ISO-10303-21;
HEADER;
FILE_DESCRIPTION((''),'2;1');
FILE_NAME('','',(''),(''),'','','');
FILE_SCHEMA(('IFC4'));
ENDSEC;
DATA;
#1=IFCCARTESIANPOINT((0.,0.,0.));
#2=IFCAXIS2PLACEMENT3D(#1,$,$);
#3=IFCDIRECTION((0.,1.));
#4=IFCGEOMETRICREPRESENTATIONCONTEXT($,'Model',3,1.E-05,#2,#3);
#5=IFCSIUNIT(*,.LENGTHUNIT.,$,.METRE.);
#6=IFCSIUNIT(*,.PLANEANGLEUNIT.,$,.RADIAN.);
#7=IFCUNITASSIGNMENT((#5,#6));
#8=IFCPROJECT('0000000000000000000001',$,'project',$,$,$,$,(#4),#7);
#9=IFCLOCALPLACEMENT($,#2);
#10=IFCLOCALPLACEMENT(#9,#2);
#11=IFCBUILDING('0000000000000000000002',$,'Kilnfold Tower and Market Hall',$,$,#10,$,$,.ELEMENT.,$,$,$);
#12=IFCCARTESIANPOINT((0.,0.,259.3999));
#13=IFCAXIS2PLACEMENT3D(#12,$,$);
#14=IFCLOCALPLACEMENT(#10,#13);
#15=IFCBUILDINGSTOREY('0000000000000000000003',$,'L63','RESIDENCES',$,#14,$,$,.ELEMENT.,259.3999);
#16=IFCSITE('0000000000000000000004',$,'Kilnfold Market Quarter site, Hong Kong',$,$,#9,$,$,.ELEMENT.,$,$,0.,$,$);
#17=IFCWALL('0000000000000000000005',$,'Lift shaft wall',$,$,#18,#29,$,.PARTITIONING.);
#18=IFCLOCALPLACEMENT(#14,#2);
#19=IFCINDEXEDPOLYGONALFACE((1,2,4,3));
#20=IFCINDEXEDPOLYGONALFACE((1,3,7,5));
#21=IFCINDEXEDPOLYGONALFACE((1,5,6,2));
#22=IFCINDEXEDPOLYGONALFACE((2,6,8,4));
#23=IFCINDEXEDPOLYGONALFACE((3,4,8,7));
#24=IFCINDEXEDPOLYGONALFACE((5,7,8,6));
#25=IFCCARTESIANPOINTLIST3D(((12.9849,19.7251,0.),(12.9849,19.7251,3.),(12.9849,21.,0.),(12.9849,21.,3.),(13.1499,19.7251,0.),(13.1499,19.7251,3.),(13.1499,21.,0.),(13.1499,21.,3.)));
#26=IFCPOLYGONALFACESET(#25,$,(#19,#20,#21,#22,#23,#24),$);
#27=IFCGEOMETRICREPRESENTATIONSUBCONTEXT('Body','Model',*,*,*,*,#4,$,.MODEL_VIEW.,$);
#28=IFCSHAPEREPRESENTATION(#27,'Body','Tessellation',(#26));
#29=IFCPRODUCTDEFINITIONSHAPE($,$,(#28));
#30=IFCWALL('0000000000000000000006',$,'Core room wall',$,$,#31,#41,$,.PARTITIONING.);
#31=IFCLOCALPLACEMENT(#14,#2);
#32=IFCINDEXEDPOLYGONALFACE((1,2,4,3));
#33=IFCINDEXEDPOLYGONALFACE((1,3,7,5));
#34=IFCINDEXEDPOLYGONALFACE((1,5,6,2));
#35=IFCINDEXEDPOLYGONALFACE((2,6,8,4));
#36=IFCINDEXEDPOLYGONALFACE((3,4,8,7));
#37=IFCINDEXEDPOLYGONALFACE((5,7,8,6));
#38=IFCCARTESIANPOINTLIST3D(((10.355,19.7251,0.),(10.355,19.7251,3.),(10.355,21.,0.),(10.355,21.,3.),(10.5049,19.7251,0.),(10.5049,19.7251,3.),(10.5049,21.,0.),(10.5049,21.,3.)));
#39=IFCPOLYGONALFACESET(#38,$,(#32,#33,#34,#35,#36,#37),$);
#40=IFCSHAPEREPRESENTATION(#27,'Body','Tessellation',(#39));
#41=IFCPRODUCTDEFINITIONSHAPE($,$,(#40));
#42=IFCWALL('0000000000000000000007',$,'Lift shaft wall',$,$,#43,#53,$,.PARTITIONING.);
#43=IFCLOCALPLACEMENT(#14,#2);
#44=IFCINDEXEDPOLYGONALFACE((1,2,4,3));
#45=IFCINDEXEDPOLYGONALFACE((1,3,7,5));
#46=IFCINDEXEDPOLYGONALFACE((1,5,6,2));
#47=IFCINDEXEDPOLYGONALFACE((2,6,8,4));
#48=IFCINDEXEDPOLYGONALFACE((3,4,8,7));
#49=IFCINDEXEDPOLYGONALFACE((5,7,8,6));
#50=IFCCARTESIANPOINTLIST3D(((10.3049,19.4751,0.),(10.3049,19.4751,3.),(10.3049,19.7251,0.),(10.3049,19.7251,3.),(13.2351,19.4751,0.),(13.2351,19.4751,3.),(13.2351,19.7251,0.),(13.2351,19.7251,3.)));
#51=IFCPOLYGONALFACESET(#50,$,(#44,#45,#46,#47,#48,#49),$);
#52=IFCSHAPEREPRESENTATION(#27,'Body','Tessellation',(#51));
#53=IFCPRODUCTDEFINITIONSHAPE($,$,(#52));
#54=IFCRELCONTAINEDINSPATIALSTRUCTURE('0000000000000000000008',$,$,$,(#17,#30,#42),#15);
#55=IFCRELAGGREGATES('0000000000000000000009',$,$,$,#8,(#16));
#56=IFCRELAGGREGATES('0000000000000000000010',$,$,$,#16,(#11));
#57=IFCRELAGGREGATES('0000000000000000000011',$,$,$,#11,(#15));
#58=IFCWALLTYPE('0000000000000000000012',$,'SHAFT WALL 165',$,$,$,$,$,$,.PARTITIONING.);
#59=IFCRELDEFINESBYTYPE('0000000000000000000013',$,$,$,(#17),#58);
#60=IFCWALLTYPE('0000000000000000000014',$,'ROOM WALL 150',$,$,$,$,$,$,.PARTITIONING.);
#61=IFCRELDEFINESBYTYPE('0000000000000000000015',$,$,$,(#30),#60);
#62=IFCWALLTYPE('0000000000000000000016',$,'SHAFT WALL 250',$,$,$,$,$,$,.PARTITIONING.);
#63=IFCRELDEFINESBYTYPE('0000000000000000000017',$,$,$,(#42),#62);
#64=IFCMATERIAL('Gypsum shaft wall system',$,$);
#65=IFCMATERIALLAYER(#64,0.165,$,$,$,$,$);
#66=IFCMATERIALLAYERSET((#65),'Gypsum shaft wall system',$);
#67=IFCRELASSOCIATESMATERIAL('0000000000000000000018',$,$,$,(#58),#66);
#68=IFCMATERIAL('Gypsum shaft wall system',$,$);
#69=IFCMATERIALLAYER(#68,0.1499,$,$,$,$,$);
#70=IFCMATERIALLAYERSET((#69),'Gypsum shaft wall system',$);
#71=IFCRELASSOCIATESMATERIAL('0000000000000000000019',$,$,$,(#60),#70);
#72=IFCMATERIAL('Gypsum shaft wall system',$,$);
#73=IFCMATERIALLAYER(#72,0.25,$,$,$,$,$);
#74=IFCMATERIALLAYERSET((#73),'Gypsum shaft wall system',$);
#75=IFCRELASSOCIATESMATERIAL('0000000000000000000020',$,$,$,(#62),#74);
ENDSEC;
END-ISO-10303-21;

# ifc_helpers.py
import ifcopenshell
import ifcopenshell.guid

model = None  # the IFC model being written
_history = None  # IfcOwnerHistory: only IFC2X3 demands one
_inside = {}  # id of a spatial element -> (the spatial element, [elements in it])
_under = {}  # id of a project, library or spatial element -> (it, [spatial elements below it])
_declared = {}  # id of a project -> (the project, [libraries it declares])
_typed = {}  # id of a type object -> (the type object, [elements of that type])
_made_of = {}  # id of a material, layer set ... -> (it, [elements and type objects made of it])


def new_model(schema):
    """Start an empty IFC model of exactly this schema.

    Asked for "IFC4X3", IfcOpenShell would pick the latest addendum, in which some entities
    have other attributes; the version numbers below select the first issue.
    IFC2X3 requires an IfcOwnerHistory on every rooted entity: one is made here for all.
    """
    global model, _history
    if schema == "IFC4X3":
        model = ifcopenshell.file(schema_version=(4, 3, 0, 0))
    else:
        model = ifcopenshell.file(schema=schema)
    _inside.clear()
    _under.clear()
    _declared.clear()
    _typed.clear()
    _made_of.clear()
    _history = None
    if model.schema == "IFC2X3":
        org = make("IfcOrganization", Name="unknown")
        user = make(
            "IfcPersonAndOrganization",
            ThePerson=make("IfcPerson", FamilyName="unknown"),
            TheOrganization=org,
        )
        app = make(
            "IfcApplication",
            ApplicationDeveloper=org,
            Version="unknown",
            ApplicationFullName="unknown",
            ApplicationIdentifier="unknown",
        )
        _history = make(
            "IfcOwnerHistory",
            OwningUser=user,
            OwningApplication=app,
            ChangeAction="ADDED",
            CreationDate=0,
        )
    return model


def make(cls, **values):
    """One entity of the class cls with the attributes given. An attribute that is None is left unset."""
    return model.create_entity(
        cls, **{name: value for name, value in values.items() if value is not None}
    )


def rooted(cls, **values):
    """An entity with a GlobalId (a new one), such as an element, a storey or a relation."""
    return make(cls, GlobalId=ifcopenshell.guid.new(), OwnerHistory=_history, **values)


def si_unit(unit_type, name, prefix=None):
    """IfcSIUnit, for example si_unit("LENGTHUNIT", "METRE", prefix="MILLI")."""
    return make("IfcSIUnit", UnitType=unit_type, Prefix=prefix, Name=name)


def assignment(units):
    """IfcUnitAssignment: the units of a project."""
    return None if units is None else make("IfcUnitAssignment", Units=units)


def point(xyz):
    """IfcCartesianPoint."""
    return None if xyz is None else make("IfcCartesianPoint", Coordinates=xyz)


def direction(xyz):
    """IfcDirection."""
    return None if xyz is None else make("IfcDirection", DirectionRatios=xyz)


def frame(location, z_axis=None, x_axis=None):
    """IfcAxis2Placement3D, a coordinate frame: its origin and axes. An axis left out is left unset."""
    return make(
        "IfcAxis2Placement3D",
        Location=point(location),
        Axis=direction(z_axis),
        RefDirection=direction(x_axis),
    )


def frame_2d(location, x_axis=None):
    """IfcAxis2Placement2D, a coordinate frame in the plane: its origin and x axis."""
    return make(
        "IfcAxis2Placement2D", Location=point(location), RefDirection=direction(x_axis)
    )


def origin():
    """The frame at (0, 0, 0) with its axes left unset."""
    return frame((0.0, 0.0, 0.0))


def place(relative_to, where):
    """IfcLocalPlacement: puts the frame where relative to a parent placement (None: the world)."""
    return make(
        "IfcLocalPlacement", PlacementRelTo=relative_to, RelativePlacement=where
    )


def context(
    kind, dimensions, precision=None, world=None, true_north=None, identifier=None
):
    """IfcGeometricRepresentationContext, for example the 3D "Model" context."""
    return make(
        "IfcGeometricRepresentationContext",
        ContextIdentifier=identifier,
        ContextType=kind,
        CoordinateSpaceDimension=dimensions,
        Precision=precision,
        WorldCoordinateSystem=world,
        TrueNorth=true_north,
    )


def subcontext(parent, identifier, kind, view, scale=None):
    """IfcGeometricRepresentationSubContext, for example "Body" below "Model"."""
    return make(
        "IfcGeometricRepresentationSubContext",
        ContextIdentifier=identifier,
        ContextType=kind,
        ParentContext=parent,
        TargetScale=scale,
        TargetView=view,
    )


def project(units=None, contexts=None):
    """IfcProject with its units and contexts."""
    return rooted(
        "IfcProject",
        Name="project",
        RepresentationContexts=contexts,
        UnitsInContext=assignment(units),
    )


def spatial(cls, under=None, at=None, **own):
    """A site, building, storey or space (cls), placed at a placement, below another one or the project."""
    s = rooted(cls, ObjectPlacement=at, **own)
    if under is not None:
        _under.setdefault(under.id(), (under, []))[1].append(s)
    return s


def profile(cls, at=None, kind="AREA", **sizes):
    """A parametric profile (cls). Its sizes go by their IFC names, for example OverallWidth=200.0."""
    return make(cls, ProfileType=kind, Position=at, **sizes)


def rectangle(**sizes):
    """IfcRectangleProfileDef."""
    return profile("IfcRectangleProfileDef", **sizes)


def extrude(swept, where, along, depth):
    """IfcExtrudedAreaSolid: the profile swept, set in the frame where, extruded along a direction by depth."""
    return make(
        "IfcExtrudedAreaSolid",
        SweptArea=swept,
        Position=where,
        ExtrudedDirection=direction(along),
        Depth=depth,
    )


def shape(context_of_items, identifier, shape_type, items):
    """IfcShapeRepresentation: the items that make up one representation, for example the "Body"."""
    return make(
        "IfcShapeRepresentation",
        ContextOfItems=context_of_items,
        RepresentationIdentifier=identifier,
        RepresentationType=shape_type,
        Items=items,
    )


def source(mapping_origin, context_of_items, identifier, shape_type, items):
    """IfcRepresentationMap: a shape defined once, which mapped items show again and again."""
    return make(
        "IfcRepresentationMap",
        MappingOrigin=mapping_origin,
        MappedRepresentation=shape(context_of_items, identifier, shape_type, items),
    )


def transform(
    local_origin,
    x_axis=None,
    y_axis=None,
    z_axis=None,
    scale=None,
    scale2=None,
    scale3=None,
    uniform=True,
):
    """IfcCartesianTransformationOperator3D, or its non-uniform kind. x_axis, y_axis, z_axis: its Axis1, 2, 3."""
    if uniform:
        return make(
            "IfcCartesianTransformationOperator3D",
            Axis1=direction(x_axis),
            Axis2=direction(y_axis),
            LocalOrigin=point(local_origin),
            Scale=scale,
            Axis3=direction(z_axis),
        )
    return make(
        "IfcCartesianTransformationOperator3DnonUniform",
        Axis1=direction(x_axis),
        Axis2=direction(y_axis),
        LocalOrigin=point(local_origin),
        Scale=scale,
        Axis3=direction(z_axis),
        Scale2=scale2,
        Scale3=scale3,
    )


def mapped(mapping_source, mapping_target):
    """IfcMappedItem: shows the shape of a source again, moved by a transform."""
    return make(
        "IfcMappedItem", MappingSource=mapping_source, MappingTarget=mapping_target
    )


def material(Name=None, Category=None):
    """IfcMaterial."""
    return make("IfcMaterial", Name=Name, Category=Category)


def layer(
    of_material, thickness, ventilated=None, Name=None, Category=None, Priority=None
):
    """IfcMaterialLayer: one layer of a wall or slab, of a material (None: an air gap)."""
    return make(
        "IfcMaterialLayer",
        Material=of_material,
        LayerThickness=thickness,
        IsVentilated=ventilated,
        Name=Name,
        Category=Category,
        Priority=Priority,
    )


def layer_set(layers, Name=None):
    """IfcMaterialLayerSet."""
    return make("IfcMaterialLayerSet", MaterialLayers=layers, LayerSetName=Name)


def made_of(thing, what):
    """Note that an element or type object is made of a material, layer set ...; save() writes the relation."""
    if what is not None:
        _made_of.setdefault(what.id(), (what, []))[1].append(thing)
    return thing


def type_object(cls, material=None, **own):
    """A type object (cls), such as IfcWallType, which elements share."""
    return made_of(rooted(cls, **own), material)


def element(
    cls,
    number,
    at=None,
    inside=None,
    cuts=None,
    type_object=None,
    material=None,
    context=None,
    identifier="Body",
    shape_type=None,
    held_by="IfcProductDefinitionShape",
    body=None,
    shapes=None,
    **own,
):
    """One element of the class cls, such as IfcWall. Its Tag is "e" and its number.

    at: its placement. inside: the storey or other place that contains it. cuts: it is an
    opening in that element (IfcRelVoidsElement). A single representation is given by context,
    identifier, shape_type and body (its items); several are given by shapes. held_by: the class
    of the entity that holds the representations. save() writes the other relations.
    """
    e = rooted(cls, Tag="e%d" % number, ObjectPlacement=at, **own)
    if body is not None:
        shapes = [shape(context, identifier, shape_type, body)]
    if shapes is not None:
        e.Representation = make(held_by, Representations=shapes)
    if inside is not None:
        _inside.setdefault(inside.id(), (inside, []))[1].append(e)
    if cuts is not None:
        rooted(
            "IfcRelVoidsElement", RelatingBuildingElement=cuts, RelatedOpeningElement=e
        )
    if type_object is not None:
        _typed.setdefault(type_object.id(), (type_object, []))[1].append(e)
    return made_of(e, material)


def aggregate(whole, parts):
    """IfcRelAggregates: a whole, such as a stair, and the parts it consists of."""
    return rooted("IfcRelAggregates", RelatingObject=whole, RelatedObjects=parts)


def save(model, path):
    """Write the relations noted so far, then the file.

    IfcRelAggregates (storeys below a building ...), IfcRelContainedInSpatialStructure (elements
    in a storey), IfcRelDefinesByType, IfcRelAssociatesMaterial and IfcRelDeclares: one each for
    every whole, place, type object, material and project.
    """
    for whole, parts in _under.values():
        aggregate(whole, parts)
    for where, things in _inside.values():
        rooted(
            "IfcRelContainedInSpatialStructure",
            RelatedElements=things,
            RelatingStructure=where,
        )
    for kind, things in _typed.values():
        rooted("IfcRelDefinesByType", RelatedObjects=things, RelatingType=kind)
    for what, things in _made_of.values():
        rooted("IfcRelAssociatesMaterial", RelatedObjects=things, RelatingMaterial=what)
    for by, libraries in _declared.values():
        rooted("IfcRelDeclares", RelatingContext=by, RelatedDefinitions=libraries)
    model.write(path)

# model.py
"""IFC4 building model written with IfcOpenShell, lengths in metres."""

from ifc_helpers import new_model, si_unit, direction, frame, frame_2d, origin, place, context, subcontext, project, spatial, rectangle, extrude, source, transform, mapped, material, layer, layer_set, type_object, element, save


model = new_model("IFC4")

# Units and contexts
model_context = context("Model", 3, precision=1e-05, world=origin(), true_north=direction((0.0, 1.0)))
body_context = subcontext(model_context, "Body", "Model", "MODEL_VIEW")
ifc_project = project(units=[si_unit("LENGTHUNIT", "METRE"), si_unit("PLANEANGLEUNIT", "RADIAN")], contexts=[model_context])

# Site, building, storey
site_placement = place(None, origin())
site = spatial("IfcSite", under=ifc_project, at=site_placement, Name="Kilnfold Market Quarter site, Hong Kong", CompositionType="ELEMENT", RefElevation=0.0)
building_placement = place(site_placement, origin())
building = spatial("IfcBuilding", under=site, at=building_placement, Name="Kilnfold Tower and Market Hall", CompositionType="ELEMENT")
storey_placement = place(building_placement, frame((0.0, 0.0, 259.3999)))
storey = spatial("IfcBuildingStorey", under=building, at=storey_placement, Name="L63", Description="RESIDENCES", CompositionType="ELEMENT", Elevation=259.3999)

# Walls
ifc_material_1 = material(Name="Gypsum shaft wall system")
ifc_layer_1 = layer(ifc_material_1, 0.165)
ifc_layer_set_1 = layer_set([ifc_layer_1], Name="Gypsum shaft wall system")
wall_type_1 = type_object("IfcWallType", Name="SHAFT WALL 165", PredefinedType="PARTITIONING", material=ifc_layer_set_1)
shared_shape_1 = source(origin(), body_context, "Body", "SweptSolid", [
    extrude(rectangle(XDim=1.2749, YDim=0.165, at=frame_2d((0.6375, 0.0))), origin(), (0.0, 0.0, 1.0), 3.0),
])
wall_1_placement = place(storey_placement, frame((13.0674, 19.7251, 0.0), z_axis=(0.0, 0.0, 1.0), x_axis=(0.0, 1.0, 0.0)))
element("IfcWall", 1, at=wall_1_placement, inside=storey, type_object=wall_type_1, Name="Lift shaft wall", PredefinedType="PARTITIONING", context=body_context, shape_type="MappedRepresentation", body=[
    mapped(shared_shape_1, transform((0.0, 0.0, 0.0))),
])
ifc_material_2 = material(Name="Gypsum shaft wall system")
ifc_layer_2 = layer(ifc_material_2, 0.1499)
ifc_layer_set_2 = layer_set([ifc_layer_2], Name="Gypsum shaft wall system")
wall_type_2 = type_object("IfcWallType", Name="ROOM WALL 150", PredefinedType="PARTITIONING", material=ifc_layer_set_2)
shared_shape_2 = source(origin(), body_context, "Body", "SweptSolid", [
    extrude(rectangle(XDim=1.2749, YDim=0.1499, at=frame_2d((0.6375, 0.0))), origin(), (0.0, 0.0, 1.0), 3.0),
])
wall_2_placement = place(storey_placement, frame((10.4299, 19.7251, 0.0), z_axis=(0.0, 0.0, 1.0), x_axis=(0.0, 1.0, 0.0)))
element("IfcWall", 2, at=wall_2_placement, inside=storey, type_object=wall_type_2, Name="Core room wall", PredefinedType="PARTITIONING", context=body_context, shape_type="MappedRepresentation", body=[
    mapped(shared_shape_2, transform((0.0, 0.0, 0.0))),
])
ifc_material_3 = material(Name="Gypsum shaft wall system")
ifc_layer_3 = layer(ifc_material_3, 0.25)
ifc_layer_set_3 = layer_set([ifc_layer_3], Name="Gypsum shaft wall system")
wall_type_3 = type_object("IfcWallType", Name="SHAFT WALL 250", PredefinedType="PARTITIONING", material=ifc_layer_set_3)
shared_shape_3 = source(origin(), body_context, "Body", "SweptSolid", [
    extrude(rectangle(XDim=2.9302, YDim=0.25, at=frame_2d((1.4651, 0.0))), origin(), (0.0, 0.0, 1.0), 3.0),
])
wall_3_placement = place(storey_placement, frame((10.3049, 19.6001, 0.0), z_axis=(0.0, 0.0, 1.0), x_axis=(1.0, 0.0, 0.0)))
element("IfcWall", 3, at=wall_3_placement, inside=storey, type_object=wall_type_3, Name="Lift shaft wall", PredefinedType="PARTITIONING", context=body_context, shape_type="MappedRepresentation", body=[
    mapped(shared_shape_3, transform((0.0, 0.0, 0.0))),
])

save(model, "model.ifc")
